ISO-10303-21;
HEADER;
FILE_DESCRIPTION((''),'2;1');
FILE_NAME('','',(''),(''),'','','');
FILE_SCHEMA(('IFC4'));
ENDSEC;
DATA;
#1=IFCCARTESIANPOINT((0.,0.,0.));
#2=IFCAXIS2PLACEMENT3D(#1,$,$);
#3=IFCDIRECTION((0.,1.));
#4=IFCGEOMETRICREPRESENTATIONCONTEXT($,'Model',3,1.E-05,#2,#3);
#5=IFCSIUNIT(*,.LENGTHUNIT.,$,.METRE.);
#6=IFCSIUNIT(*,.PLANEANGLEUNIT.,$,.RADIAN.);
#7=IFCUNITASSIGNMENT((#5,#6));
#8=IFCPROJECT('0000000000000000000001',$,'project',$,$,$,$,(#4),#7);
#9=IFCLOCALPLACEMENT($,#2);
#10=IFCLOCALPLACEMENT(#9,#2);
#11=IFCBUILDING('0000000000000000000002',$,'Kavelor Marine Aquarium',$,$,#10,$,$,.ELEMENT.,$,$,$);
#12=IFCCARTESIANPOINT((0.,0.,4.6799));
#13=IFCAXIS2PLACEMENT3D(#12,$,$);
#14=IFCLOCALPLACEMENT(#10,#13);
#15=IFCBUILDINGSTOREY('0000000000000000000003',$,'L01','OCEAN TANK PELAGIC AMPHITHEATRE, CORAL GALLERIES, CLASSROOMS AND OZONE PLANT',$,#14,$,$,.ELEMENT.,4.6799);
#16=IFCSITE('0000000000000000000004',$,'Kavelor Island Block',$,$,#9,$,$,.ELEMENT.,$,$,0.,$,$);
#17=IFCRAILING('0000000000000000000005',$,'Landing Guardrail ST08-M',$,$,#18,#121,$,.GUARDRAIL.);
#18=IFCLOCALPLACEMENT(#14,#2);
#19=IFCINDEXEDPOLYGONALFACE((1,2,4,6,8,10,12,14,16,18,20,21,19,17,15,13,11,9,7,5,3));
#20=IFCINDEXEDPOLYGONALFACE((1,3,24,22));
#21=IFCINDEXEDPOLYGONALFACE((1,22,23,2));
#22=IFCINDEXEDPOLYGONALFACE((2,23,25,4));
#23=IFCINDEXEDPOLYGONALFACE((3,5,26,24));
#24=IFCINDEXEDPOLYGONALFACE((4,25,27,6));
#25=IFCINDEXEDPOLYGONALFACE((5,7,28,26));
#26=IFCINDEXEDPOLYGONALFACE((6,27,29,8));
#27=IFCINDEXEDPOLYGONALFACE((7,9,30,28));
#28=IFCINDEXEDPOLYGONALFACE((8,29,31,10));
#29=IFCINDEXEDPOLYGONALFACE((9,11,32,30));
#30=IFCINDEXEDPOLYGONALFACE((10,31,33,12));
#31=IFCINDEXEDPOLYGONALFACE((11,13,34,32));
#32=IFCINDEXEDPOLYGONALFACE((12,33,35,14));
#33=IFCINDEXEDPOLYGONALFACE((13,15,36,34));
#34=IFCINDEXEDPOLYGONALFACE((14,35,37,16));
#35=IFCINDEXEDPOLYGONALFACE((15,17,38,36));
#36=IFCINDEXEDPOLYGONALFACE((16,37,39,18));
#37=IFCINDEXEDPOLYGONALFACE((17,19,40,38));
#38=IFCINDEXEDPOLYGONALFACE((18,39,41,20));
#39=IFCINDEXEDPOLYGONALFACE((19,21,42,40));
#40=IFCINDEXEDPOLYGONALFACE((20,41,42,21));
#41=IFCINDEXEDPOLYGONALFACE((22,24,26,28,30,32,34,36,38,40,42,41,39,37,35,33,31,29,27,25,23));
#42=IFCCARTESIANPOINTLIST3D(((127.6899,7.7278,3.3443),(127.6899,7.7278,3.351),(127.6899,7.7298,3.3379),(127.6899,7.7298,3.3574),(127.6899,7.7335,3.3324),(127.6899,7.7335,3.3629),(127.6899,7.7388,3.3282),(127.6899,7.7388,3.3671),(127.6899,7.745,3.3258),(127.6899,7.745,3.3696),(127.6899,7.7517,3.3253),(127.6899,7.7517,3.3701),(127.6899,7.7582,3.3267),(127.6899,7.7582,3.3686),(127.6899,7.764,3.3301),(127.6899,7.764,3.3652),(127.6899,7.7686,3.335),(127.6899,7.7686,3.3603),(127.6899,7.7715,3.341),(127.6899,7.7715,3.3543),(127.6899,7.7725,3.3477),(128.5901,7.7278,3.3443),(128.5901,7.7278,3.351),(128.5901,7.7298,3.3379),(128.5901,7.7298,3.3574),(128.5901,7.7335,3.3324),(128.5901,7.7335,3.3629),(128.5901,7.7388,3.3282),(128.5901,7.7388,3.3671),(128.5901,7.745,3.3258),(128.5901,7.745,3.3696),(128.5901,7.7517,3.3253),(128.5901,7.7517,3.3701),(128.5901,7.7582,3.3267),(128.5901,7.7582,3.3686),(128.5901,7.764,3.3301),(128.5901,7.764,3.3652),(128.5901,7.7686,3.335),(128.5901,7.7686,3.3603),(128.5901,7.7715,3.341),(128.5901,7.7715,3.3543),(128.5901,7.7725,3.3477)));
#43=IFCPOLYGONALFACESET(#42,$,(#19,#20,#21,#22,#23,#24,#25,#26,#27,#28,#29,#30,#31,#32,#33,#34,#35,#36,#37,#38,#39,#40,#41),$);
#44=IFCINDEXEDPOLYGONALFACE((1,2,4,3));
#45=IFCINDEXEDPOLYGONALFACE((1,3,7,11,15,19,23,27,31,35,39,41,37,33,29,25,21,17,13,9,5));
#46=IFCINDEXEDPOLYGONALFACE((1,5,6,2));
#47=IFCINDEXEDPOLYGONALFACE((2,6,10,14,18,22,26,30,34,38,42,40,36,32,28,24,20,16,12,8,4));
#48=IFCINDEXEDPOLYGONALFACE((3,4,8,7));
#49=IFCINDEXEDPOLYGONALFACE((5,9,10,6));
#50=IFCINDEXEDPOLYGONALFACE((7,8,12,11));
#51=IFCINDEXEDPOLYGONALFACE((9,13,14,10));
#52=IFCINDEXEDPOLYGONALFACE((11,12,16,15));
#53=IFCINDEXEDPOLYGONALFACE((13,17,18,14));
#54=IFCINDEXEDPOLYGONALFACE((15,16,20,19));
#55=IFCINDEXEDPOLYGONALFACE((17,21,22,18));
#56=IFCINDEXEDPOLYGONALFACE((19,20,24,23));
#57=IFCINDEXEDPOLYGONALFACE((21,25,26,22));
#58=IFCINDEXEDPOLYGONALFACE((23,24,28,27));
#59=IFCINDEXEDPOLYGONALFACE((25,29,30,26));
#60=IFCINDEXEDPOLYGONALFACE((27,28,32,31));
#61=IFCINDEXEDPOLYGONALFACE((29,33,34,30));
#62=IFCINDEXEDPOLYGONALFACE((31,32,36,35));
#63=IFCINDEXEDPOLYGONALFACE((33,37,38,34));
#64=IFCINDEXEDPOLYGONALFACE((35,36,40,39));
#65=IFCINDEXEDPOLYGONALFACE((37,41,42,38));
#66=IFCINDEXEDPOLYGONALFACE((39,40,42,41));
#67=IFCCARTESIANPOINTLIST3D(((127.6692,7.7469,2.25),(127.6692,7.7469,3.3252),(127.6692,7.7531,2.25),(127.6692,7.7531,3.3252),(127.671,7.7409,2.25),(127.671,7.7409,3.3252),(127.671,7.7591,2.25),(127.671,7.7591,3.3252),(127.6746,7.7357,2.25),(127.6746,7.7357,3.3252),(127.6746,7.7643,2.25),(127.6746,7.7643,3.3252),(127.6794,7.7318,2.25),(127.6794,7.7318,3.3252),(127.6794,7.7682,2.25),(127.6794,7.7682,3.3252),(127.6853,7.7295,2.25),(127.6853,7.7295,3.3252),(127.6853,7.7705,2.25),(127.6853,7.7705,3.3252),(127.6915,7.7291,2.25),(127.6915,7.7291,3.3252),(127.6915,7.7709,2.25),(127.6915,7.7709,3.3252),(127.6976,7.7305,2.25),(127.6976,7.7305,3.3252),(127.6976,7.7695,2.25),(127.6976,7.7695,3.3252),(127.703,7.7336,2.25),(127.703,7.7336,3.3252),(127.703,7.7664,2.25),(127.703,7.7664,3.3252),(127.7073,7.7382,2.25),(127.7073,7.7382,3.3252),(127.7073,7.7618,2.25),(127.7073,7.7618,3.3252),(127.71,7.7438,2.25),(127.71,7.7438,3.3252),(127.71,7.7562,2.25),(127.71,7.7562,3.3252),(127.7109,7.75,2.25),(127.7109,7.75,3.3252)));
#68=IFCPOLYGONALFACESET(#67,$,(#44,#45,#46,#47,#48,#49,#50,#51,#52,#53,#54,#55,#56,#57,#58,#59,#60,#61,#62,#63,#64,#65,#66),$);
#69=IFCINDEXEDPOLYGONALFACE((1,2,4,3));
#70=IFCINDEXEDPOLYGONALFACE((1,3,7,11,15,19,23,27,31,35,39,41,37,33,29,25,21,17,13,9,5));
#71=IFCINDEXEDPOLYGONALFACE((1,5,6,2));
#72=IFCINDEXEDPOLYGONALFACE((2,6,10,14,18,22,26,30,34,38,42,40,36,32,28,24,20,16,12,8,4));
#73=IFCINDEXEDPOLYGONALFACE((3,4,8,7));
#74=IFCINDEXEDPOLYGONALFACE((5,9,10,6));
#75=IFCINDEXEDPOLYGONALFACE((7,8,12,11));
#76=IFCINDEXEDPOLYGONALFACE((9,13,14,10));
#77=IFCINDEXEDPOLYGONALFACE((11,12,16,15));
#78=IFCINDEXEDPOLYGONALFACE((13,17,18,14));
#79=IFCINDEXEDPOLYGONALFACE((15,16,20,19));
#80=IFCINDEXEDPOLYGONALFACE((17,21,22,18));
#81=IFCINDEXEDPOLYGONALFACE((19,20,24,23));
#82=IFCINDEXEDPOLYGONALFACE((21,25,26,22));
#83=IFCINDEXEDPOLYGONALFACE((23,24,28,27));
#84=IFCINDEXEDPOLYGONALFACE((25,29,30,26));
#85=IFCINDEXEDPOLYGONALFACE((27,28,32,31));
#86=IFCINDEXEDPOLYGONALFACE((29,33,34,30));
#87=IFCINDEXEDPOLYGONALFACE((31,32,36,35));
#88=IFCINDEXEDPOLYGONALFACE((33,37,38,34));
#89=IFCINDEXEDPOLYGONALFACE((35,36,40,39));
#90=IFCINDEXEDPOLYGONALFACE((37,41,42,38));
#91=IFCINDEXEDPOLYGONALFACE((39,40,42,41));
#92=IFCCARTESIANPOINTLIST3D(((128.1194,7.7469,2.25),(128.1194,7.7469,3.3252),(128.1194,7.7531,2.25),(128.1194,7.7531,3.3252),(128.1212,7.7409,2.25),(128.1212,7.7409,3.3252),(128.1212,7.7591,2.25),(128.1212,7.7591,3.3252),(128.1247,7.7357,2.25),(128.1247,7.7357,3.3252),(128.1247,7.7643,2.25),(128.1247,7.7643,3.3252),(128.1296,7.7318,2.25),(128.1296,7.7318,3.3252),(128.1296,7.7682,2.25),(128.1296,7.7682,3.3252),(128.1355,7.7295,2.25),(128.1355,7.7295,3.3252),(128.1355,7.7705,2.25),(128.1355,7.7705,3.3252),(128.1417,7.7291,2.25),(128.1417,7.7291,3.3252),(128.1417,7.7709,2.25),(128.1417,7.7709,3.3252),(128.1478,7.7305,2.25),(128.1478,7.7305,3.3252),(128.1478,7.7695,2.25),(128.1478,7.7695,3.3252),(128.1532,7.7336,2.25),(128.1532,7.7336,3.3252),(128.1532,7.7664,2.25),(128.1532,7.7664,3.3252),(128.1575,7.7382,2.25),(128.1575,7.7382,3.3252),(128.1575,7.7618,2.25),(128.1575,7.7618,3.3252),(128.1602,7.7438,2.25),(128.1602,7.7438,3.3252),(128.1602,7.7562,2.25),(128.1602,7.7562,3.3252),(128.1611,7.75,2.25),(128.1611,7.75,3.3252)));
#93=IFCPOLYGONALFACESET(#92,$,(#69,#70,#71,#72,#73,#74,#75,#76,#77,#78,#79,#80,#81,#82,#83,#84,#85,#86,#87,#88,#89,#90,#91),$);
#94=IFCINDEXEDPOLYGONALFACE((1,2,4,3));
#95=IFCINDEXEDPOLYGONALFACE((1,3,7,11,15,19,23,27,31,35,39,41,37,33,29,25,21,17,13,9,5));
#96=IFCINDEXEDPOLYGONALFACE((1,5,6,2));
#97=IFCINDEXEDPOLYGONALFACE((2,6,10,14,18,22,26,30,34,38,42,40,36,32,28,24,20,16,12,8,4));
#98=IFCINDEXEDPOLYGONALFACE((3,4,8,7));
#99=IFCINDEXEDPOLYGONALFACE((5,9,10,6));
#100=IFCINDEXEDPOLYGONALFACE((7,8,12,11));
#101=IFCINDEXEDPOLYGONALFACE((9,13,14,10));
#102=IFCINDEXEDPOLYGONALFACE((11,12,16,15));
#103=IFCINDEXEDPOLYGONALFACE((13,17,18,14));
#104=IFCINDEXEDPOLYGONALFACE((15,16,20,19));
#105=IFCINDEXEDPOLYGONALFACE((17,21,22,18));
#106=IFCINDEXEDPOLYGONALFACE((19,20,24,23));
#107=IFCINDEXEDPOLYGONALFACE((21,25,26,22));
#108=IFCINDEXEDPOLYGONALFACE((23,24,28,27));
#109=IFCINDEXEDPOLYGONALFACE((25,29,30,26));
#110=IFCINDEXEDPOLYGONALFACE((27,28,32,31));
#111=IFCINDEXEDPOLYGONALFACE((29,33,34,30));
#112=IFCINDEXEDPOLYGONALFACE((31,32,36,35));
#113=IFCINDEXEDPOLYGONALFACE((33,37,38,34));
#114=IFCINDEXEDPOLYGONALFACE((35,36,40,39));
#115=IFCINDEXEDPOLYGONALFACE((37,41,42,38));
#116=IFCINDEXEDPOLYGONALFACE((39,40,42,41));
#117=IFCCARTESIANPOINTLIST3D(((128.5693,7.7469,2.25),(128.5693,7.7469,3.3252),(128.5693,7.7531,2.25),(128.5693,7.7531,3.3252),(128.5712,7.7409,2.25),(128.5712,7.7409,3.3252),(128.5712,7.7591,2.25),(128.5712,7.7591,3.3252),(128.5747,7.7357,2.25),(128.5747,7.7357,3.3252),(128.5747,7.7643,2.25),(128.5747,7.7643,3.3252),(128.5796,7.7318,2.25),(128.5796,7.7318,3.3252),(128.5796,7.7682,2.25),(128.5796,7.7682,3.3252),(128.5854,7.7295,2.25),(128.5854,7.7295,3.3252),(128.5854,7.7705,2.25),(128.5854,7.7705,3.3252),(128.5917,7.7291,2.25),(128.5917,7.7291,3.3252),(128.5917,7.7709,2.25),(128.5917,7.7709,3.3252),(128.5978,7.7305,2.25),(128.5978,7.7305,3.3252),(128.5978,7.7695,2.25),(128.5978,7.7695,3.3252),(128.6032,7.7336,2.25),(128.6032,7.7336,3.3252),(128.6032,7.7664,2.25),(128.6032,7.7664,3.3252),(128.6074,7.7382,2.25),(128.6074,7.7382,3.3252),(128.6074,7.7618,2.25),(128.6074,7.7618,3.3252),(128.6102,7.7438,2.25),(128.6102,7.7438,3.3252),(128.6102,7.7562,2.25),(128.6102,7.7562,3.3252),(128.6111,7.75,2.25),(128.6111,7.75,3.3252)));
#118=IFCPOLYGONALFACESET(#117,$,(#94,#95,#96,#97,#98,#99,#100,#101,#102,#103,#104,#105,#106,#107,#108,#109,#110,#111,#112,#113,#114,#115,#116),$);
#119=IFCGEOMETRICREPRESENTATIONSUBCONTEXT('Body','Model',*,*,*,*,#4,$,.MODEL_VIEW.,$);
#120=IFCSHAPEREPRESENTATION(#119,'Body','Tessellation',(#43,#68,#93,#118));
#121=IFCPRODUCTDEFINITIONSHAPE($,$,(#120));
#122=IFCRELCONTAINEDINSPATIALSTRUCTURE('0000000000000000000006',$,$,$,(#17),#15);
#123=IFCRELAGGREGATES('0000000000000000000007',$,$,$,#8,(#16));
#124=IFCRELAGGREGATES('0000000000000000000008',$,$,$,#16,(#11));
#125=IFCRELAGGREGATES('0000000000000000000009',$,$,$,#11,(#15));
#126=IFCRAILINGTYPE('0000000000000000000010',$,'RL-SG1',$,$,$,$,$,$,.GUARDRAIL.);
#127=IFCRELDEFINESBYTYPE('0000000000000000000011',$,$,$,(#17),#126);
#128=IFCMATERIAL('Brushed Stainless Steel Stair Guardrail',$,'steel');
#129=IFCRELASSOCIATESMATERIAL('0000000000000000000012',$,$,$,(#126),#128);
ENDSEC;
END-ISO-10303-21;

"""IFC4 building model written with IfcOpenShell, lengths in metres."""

from ifc_helpers import new_model, si_unit, direction, frame, origin, origin_2d, place, context, subcontext, project, spatial, circle, extrude, material, type_object, element, save


model = new_model("IFC4")

# Units and contexts
model_context = context("Model", 3, precision=1e-05, world=origin(), true_north=direction((0.0, 1.0)))
body_context = subcontext(model_context, "Body", "Model", "MODEL_VIEW")
ifc_project = project(units=[si_unit("LENGTHUNIT", "METRE"), si_unit("PLANEANGLEUNIT", "RADIAN")], contexts=[model_context])

# Site, building, storey
site_placement = place(None, origin())
site = spatial("IfcSite", under=ifc_project, at=site_placement, Name="Kavelor Island Block", CompositionType="ELEMENT", RefElevation=0.0)
building_placement = place(site_placement, origin())
building = spatial("IfcBuilding", under=site, at=building_placement, Name="Kavelor Marine Aquarium", CompositionType="ELEMENT")
storey_placement = place(building_placement, frame((0.0, 0.0, 4.6799)))
storey = spatial("IfcBuildingStorey", under=building, at=storey_placement, Name="L01", Description="OCEAN TANK PELAGIC AMPHITHEATRE, CORAL GALLERIES, CLASSROOMS AND OZONE PLANT", CompositionType="ELEMENT", Elevation=4.6799)

# Railing
ifc_material_1 = material(Name="Brushed Stainless Steel Stair Guardrail", Category="steel")
railing_type_1 = type_object("IfcRailingType", Name="RL-SG1", PredefinedType="GUARDRAIL", material=ifc_material_1)
railing_1_placement = place(storey_placement, frame((127.6899, 7.75, 2.25)))
element("IfcRailing", 1, at=railing_1_placement, inside=storey, type_object=railing_type_1, Name="Landing Guardrail ST08-M", PredefinedType="GUARDRAIL", context=body_context, shape_type="SweptSolid", body=[
    extrude(circle(Radius=0.0225, at=origin_2d()), frame((0.0, 0.0, 1.0977), z_axis=(1.0, 0.0, 0.0), x_axis=(0.0, 1.0, 0.0)), (0.0, 0.0, 1.0), 0.9001),
    extrude(circle(Radius=0.021, at=origin_2d()), origin(), (0.0, 0.0, 1.0), 1.0752),
    extrude(circle(Radius=0.021, at=origin_2d()), frame((0.4502, 0.0, 0.0)), (0.0, 0.0, 1.0), 1.0752),
    extrude(circle(Radius=0.021, at=origin_2d()), frame((0.9001, 0.0, 0.0)), (0.0, 0.0, 1.0), 1.0752),
])

save(model, "model.ifc")
